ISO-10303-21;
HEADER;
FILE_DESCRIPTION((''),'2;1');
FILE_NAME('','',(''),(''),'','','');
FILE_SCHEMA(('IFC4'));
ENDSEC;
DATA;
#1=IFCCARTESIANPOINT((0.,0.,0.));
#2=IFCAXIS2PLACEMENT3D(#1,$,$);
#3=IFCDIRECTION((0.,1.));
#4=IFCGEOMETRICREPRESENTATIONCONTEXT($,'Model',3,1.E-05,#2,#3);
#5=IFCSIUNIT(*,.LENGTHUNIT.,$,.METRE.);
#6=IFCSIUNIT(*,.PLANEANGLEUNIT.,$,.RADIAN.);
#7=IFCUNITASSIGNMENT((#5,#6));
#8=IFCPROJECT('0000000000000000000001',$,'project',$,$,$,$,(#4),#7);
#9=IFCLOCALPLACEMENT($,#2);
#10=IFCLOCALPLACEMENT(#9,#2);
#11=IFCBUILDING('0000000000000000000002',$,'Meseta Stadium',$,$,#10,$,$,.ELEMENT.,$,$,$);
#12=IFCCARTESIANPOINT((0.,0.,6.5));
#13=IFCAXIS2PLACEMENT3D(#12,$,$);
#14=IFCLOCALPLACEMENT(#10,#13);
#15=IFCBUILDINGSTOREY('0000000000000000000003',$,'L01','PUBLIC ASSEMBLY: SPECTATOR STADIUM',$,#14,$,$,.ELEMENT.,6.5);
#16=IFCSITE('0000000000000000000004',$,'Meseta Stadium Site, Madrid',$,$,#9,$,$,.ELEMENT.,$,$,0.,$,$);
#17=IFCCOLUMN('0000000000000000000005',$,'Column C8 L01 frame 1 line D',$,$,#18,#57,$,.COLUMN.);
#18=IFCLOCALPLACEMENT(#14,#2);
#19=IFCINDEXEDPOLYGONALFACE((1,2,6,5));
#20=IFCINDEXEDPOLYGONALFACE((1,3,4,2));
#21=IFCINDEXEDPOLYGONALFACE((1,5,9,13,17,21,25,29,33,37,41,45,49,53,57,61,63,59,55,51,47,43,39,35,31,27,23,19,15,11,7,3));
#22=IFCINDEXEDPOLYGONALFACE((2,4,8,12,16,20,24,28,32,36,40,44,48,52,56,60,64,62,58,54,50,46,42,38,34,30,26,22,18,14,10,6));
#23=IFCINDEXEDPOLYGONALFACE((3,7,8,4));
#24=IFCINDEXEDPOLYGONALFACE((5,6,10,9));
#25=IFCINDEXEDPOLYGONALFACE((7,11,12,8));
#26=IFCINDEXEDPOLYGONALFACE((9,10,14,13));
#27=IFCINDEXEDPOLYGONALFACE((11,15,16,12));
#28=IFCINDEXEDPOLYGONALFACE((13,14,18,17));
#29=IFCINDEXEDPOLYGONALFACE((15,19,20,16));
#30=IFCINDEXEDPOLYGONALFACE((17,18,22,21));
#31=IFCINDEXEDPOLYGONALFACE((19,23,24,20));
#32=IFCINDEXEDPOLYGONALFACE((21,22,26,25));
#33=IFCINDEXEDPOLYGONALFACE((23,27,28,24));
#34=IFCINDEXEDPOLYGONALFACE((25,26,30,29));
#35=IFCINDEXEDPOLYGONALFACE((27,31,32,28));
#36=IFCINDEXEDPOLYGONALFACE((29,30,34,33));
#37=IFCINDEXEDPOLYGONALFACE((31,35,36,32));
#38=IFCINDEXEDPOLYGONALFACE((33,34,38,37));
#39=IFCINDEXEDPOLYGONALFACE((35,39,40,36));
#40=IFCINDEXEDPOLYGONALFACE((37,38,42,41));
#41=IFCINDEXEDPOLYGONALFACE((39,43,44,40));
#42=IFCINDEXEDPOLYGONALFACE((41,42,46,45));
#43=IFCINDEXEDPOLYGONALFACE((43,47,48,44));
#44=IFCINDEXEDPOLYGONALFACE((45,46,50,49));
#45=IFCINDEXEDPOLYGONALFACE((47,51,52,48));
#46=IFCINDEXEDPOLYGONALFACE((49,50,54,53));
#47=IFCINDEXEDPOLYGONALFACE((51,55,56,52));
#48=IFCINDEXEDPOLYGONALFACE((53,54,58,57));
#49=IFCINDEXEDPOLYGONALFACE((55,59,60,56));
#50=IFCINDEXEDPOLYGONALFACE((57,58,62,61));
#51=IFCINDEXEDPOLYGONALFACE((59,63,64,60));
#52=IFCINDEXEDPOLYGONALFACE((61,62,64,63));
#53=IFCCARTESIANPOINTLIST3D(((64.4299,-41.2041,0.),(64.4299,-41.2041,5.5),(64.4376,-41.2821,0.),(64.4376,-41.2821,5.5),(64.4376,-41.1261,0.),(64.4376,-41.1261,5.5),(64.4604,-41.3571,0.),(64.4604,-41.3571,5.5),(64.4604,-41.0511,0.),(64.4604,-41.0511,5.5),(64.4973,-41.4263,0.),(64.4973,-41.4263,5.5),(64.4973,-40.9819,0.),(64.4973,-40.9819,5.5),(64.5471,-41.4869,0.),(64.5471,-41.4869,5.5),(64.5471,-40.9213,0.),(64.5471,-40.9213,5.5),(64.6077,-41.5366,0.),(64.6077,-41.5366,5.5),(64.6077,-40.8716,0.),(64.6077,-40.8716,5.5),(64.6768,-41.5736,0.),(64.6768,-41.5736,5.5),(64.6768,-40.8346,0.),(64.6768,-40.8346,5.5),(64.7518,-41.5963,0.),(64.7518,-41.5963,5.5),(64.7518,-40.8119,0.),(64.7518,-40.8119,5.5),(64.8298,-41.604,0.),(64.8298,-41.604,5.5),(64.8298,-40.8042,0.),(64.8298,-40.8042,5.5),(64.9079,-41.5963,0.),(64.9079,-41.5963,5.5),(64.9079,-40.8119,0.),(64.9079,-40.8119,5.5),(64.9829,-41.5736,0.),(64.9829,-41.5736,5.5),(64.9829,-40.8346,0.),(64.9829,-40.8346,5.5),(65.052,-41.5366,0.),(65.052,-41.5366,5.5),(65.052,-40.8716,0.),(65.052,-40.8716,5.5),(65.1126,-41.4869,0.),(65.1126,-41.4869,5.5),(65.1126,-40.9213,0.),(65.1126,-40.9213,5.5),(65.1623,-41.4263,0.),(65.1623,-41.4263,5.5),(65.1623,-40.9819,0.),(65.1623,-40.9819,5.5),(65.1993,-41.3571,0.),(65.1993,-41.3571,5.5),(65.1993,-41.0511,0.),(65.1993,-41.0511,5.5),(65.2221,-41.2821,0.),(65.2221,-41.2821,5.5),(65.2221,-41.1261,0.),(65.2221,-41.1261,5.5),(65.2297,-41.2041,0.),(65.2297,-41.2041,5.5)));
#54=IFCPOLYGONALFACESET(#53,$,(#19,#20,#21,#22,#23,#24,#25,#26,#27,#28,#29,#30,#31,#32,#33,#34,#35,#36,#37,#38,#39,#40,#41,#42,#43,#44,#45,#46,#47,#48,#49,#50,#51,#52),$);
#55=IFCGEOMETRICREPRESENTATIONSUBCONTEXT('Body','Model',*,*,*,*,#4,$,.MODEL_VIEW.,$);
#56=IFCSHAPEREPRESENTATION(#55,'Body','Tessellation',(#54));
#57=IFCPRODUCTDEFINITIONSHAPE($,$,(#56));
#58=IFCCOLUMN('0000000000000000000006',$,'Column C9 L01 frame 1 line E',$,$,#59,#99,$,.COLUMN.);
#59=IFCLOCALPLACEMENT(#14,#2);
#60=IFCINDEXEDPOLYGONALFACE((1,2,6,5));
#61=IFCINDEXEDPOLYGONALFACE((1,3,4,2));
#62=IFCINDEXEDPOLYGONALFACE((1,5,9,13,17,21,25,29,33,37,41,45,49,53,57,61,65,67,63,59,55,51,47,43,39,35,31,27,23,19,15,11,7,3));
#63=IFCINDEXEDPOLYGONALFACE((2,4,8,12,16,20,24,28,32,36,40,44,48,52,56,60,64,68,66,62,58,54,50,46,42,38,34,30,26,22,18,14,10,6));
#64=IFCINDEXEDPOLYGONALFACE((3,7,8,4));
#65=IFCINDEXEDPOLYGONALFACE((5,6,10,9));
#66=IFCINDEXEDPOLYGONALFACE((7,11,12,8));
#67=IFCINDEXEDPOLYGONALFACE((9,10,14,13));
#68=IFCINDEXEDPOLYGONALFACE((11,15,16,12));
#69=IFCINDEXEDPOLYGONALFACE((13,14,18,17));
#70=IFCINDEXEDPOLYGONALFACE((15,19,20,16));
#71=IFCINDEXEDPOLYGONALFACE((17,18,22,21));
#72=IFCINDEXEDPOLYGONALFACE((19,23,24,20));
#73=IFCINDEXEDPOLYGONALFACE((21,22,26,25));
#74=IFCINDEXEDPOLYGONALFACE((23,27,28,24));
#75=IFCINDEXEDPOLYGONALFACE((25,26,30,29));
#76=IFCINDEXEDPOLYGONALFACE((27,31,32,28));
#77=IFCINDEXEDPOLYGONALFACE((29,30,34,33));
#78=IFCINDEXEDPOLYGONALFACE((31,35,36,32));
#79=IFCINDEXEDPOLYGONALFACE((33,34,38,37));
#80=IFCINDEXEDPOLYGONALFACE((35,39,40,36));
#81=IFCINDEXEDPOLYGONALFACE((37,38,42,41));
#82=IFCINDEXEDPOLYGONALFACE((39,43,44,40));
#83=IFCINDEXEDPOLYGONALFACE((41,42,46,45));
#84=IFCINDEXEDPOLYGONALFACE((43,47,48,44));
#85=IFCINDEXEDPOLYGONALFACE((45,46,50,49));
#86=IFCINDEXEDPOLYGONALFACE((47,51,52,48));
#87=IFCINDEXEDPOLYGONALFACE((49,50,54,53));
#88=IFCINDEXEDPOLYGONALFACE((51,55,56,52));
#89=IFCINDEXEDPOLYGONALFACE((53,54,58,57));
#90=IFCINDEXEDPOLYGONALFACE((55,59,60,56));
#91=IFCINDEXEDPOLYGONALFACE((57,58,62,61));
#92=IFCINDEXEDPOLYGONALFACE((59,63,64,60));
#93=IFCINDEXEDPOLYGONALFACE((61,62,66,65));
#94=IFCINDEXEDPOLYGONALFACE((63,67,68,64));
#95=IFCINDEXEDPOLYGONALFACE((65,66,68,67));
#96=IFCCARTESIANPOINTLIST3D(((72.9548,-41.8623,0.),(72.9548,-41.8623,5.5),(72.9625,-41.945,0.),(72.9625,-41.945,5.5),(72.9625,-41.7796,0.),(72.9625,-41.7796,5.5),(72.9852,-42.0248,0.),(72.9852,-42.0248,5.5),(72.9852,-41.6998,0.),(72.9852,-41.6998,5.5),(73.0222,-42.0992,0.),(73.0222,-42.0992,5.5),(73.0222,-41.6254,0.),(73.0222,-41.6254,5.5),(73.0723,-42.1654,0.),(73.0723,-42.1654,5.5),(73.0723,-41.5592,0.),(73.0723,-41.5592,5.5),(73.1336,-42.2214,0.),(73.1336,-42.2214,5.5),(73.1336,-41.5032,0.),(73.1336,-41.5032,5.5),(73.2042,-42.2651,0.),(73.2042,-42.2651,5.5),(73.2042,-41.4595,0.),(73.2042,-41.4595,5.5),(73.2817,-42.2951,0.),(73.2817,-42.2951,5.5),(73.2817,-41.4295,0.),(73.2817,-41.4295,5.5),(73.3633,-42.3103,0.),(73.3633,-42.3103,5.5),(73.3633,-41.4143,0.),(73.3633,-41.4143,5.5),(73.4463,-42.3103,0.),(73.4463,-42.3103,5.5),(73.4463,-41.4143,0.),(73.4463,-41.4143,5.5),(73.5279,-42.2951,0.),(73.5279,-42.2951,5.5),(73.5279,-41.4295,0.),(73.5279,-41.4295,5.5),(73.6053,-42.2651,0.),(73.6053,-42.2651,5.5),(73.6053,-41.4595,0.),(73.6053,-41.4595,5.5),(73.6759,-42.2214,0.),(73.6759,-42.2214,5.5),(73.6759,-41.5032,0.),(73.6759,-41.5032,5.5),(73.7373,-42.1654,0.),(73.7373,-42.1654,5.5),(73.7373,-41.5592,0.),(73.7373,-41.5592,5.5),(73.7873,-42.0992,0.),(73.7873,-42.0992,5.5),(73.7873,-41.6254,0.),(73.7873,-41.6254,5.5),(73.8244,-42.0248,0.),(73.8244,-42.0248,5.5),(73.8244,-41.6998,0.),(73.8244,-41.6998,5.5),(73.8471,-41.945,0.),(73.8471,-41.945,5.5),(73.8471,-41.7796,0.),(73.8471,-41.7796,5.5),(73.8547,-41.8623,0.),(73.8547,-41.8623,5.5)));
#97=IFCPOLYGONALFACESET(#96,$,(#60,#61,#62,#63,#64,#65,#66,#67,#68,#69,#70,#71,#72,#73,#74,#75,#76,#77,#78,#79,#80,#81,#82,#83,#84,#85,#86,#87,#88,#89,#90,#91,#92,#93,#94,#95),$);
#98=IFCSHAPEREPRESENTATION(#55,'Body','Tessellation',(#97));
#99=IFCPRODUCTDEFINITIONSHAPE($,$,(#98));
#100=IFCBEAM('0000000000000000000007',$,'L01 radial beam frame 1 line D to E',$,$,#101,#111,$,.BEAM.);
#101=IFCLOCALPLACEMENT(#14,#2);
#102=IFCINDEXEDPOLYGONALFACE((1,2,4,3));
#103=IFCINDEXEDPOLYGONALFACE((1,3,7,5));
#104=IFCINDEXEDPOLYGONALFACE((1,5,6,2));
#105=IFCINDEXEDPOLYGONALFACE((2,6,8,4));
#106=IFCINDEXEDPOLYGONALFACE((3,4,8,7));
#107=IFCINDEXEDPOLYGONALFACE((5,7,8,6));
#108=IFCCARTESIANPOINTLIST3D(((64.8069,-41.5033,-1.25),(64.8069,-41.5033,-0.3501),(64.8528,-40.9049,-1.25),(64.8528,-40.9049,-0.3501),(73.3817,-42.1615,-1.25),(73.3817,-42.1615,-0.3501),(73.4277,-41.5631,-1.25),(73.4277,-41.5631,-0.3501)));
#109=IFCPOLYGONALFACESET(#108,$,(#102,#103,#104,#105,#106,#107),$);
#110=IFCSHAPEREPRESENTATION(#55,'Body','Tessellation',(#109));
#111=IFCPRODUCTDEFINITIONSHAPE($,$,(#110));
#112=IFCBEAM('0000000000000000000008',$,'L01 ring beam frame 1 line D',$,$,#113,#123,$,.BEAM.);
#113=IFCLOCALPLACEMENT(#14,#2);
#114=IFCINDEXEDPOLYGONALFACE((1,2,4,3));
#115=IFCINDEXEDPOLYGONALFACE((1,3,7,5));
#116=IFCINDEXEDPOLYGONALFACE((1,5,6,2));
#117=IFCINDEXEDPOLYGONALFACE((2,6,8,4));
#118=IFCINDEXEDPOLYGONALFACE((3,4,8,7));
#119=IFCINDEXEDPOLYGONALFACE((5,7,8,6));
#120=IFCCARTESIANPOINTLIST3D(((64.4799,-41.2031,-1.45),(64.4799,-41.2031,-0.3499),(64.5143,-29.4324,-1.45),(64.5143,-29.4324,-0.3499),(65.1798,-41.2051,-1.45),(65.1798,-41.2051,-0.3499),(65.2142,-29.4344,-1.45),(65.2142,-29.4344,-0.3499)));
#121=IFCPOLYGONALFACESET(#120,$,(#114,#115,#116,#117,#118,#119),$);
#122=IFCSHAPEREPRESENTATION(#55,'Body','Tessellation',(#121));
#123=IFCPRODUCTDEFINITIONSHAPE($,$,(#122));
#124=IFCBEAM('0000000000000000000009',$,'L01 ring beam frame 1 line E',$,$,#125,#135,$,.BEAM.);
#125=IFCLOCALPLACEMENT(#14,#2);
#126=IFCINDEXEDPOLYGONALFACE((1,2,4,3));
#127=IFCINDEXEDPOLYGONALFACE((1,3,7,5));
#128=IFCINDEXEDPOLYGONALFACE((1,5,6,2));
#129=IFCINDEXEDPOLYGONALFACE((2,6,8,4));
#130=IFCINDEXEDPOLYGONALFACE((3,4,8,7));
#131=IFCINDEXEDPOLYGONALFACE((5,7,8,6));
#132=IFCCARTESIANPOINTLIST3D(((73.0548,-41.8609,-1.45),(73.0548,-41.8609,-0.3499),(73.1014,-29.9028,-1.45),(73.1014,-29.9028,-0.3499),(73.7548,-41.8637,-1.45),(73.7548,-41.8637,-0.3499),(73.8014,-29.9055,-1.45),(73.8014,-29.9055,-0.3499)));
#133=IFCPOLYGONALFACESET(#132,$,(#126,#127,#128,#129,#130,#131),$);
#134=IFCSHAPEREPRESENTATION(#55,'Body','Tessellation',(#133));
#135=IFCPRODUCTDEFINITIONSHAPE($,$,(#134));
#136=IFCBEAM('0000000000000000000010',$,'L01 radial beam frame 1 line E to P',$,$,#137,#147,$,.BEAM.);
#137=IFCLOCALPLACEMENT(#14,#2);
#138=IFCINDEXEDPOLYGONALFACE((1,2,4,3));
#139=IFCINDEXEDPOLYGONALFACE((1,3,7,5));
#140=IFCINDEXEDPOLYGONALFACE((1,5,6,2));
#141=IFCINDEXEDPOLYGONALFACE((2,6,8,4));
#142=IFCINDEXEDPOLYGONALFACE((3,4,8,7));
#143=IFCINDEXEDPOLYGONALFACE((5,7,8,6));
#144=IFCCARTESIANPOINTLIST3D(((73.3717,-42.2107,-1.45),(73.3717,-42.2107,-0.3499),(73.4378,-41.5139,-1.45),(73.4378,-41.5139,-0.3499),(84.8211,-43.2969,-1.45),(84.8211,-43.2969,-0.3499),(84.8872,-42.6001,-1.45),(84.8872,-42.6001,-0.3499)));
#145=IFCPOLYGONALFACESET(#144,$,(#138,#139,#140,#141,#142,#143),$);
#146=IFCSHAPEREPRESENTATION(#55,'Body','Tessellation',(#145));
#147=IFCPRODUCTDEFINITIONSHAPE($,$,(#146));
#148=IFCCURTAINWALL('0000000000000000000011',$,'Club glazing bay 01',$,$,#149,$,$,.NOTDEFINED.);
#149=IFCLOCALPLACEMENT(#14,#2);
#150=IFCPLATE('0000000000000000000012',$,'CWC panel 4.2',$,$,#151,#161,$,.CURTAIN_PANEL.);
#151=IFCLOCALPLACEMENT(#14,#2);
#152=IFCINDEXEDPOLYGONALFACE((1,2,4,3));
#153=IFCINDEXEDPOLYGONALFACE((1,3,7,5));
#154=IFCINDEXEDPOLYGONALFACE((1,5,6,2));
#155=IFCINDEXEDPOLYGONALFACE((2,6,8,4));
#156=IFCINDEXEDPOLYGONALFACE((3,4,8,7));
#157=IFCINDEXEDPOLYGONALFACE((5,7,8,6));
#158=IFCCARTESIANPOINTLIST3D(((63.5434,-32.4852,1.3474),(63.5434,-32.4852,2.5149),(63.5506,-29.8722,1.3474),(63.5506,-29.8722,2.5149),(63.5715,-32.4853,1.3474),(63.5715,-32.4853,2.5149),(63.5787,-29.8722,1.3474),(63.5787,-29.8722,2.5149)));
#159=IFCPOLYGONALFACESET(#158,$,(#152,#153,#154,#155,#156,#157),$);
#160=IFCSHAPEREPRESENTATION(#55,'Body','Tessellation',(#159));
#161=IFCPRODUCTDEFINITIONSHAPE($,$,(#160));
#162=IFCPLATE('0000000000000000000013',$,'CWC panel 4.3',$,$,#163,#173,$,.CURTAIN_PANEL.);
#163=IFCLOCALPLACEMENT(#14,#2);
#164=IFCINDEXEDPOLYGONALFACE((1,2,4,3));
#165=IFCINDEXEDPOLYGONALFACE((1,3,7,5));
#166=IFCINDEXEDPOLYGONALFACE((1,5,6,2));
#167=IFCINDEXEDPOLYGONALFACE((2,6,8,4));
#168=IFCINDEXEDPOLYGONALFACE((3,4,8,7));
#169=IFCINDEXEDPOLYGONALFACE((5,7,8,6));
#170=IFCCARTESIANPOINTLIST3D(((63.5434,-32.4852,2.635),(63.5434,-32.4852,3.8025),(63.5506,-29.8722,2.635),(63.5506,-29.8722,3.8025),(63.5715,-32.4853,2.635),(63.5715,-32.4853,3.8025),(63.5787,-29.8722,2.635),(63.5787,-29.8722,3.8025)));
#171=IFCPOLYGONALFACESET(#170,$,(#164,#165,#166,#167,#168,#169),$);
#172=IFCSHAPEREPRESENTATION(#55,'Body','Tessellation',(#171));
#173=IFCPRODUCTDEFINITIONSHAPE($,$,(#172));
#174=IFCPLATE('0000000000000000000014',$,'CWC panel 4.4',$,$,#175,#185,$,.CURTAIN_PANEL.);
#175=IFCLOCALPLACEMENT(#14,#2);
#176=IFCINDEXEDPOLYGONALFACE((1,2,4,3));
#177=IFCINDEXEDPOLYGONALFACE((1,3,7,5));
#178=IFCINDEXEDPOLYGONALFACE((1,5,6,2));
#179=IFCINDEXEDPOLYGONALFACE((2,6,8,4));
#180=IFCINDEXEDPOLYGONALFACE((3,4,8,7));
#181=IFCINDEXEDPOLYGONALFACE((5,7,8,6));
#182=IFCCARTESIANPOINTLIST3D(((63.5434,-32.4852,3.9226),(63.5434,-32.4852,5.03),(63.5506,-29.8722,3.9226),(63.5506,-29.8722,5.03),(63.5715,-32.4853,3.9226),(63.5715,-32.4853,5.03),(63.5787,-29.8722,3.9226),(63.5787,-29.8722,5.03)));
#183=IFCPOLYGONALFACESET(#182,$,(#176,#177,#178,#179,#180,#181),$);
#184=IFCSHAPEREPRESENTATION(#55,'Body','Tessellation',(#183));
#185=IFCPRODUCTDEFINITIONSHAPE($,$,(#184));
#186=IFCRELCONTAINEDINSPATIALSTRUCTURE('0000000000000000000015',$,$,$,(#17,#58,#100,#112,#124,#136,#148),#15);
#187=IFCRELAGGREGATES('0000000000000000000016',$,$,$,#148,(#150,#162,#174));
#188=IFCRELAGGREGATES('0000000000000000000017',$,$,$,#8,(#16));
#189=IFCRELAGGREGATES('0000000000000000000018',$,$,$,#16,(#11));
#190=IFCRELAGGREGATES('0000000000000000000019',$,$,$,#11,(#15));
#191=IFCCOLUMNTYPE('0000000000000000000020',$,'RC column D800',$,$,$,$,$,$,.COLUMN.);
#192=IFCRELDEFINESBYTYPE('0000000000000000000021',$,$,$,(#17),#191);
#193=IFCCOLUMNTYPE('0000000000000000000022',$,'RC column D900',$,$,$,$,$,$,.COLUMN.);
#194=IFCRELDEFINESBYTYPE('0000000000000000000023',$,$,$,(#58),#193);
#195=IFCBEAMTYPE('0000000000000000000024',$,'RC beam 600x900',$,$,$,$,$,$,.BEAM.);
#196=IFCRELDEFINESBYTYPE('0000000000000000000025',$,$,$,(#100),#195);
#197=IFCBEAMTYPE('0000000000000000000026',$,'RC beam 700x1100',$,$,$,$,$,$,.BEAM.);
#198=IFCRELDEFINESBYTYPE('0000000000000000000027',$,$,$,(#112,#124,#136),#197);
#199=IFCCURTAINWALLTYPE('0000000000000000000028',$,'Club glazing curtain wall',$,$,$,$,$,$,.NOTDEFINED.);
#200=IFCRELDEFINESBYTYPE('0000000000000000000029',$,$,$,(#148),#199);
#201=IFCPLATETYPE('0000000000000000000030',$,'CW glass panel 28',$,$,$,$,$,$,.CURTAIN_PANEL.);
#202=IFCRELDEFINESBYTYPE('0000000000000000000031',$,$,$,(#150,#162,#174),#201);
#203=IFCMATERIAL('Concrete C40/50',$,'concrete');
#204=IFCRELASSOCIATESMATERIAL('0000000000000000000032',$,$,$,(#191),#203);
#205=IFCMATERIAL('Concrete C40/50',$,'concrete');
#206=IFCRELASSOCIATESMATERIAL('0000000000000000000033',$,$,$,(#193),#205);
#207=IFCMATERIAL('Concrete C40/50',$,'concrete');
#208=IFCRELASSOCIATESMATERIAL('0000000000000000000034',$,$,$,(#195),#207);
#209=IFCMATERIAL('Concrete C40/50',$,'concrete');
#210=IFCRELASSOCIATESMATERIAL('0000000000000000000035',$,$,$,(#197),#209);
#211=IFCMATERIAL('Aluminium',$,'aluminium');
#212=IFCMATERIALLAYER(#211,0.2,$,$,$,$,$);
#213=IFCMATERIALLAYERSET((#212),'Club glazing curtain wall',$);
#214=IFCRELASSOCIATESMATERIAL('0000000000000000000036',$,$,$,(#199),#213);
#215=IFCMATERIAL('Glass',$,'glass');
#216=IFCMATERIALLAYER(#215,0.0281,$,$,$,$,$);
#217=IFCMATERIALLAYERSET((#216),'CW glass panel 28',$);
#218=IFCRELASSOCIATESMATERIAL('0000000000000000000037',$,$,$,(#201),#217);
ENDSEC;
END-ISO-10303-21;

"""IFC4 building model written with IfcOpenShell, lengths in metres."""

from ifc_helpers import new_model, si_unit, direction, frame, origin, origin_2d, place, context, subcontext, project, spatial, rectangle, circle, extrude, material, layer, layer_set, material_profile, profile_set, type_object, element, aggregate, save


model = new_model("IFC4")

# Units and contexts
model_context = context("Model", 3, precision=1e-05, world=origin(), true_north=direction((0.0, 1.0)))
body_context = subcontext(model_context, "Body", "Model", "MODEL_VIEW")
ifc_project = project(units=[si_unit("LENGTHUNIT", "METRE"), si_unit("PLANEANGLEUNIT", "RADIAN")], contexts=[model_context])

# Site, building, storey
site_placement = place(None, origin())
site = spatial("IfcSite", under=ifc_project, at=site_placement, Name="Meseta Stadium Site, Madrid", CompositionType="ELEMENT", RefElevation=0.0)
building_placement = place(site_placement, origin())
building = spatial("IfcBuilding", under=site, at=building_placement, Name="Meseta Stadium", CompositionType="ELEMENT")
storey_placement = place(building_placement, frame((0.0, 0.0, 6.5)))
storey = spatial("IfcBuildingStorey", under=building, at=storey_placement, Name="L01", Description="PUBLIC ASSEMBLY: SPECTATOR STADIUM", CompositionType="ELEMENT", Elevation=6.5)

# Columns
ifc_material_1 = material(Name="Concrete C40/50", Category="concrete")
ifc_material_profile_1 = material_profile(ifc_material_1, circle(Radius=0.3999, at=origin_2d()), Name="RC D800")
ifc_profile_set_1 = profile_set([ifc_material_profile_1], Name="Concrete C40/50")
column_type_1 = type_object("IfcColumnType", Name="RC column D800", PredefinedType="COLUMN", material=ifc_profile_set_1)
column_1_placement = place(storey_placement, frame((64.8298, -41.2041, 0.0), z_axis=(0.0, 0.0, 1.0), x_axis=(1.0, 0.0, 0.0)))
element("IfcColumn", 1, at=column_1_placement, inside=storey, type_object=column_type_1, Name="Column C8 L01 frame 1 line D", PredefinedType="COLUMN", context=body_context, shape_type="SweptSolid", body=[
    extrude(circle(Radius=0.3999, at=origin_2d()), origin(), (0.0, 0.0, 1.0), 5.5),
])
ifc_material_2 = material(Name="Concrete C40/50", Category="concrete")
ifc_material_profile_2 = material_profile(ifc_material_2, circle(Radius=0.45, at=origin_2d()), Name="RC D900")
ifc_profile_set_2 = profile_set([ifc_material_profile_2], Name="Concrete C40/50")
column_type_2 = type_object("IfcColumnType", Name="RC column D900", PredefinedType="COLUMN", material=ifc_profile_set_2)
column_2_placement = place(storey_placement, frame((73.4048, -41.8623, 0.0), z_axis=(0.0, 0.0, 1.0), x_axis=(1.0, 0.0, 0.0)))
element("IfcColumn", 2, at=column_2_placement, inside=storey, type_object=column_type_2, Name="Column C9 L01 frame 1 line E", PredefinedType="COLUMN", context=body_context, shape_type="SweptSolid", body=[
    extrude(circle(Radius=0.45, at=origin_2d()), origin(), (0.0, 0.0, 1.0), 5.5),
])

# Beams
ifc_material_3 = material(Name="Concrete C40/50", Category="concrete")
ifc_material_profile_3 = material_profile(ifc_material_3, rectangle(XDim=0.6001, YDim=0.8999, at=origin_2d()), Name="RC 600x900")
ifc_profile_set_3 = profile_set([ifc_material_profile_3], Name="Concrete C40/50")
beam_type_1 = type_object("IfcBeamType", Name="RC beam 600x900", PredefinedType="BEAM", material=ifc_profile_set_3)
beam_1_placement = place(storey_placement, frame((64.8298, -41.2041, -0.8), z_axis=(0.997067, -0.076534, 0.0), x_axis=(0.076534, 0.997067, 0.0)))
element("IfcBeam", 3, at=beam_1_placement, inside=storey, type_object=beam_type_1, Name="L01 radial beam frame 1 line D to E", PredefinedType="BEAM", context=body_context, shape_type="SweptSolid", body=[
    extrude(rectangle(XDim=0.6001, YDim=0.8999, at=origin_2d()), origin(), (0.0, 0.0, 1.0), 8.6001),
])
ifc_material_4 = material(Name="Concrete C40/50", Category="concrete")
ifc_material_profile_4 = material_profile(ifc_material_4, rectangle(XDim=0.7, YDim=1.1001, at=origin_2d()), Name="RC 700x1100")
ifc_profile_set_4 = profile_set([ifc_material_profile_4], Name="Concrete C40/50")
beam_type_2 = type_object("IfcBeamType", Name="RC beam 700x1100", PredefinedType="BEAM", material=ifc_profile_set_4)
beam_2_placement = place(storey_placement, frame((64.8298, -41.2041, -0.8999), z_axis=(0.002925, 0.999996, 0.0), x_axis=(-0.999996, 0.002925, 0.0)))
element("IfcBeam", 4, at=beam_2_placement, inside=storey, type_object=beam_type_2, Name="L01 ring beam frame 1 line D", PredefinedType="BEAM", context=body_context, shape_type="SweptSolid", body=[
    extrude(rectangle(XDim=0.7, YDim=1.1001, at=origin_2d()), origin(), (0.0, 0.0, 1.0), 11.7708),
])
beam_3_placement = place(storey_placement, frame((73.4048, -41.8623, -0.8999), z_axis=(0.003899, 0.999992, 0.0), x_axis=(-0.999992, 0.003899, 0.0)))
element("IfcBeam", 5, at=beam_3_placement, inside=storey, type_object=beam_type_2, Name="L01 ring beam frame 1 line E", PredefinedType="BEAM", context=body_context, shape_type="SweptSolid", body=[
    extrude(rectangle(XDim=0.7, YDim=1.1001, at=origin_2d()), origin(), (0.0, 0.0, 1.0), 11.9583),
])
beam_4_placement = place(storey_placement, frame((73.4048, -41.8623, -0.8999), z_axis=(0.99553, -0.094445, 0.0), x_axis=(0.094445, 0.99553, 0.0)))
element("IfcBeam", 6, at=beam_4_placement, inside=storey, type_object=beam_type_2, Name="L01 radial beam frame 1 line E to P", PredefinedType="BEAM", context=body_context, shape_type="SweptSolid", body=[
    extrude(rectangle(XDim=0.7, YDim=1.1001, at=origin_2d()), origin(), (0.0, 0.0, 1.0), 11.5007),
])

# Curtain wall, plates
ifc_material_5 = material(Name="Aluminium", Category="aluminium")
ifc_layer_1 = layer(ifc_material_5, 0.2)
ifc_layer_set_1 = layer_set([ifc_layer_1], Name="Club glazing curtain wall")
curtain_wall_type = type_object("IfcCurtainWallType", Name="Club glazing curtain wall", PredefinedType="NOTDEFINED", material=ifc_layer_set_1)
curtain_wall_placement = place(storey_placement, origin())
curtain_wall = element("IfcCurtainWall", 7, at=curtain_wall_placement, inside=storey, type_object=curtain_wall_type, Name="Club glazing bay 01", PredefinedType="NOTDEFINED")
ifc_material_6 = material(Name="Glass", Category="glass")
ifc_layer_2 = layer(ifc_material_6, 0.0281)
ifc_layer_set_2 = layer_set([ifc_layer_2], Name="CW glass panel 28")
plate_type = type_object("IfcPlateType", Name="CW glass panel 28", PredefinedType="CURTAIN_PANEL", material=ifc_layer_set_2)
plate_1_placement = place(storey_placement, frame((63.561, -31.1787, 1.3474), z_axis=(0.0, 0.0, 1.0), x_axis=(0.002758, 0.999996, 0.0)))
plate_1 = element("IfcPlate", 8, at=plate_1_placement, type_object=plate_type, Name="CWC panel 4.2", PredefinedType="CURTAIN_PANEL", context=body_context, shape_type="SweptSolid", body=[
    extrude(rectangle(XDim=2.613, YDim=0.0281, at=origin_2d()), origin(), (0.0, 0.0, 1.0), 1.1675),
])
plate_2_placement = place(storey_placement, frame((63.561, -31.1787, 2.635), z_axis=(0.0, 0.0, 1.0), x_axis=(0.002758, 0.999996, 0.0)))
plate_2 = element("IfcPlate", 9, at=plate_2_placement, type_object=plate_type, Name="CWC panel 4.3", PredefinedType="CURTAIN_PANEL", context=body_context, shape_type="SweptSolid", body=[
    extrude(rectangle(XDim=2.613, YDim=0.0281, at=origin_2d()), origin(), (0.0, 0.0, 1.0), 1.1675),
])
plate_3_placement = place(storey_placement, frame((63.561, -31.1787, 3.9226), z_axis=(0.0, 0.0, 1.0), x_axis=(0.002758, 0.999996, 0.0)))
plate_3 = element("IfcPlate", 10, at=plate_3_placement, type_object=plate_type, Name="CWC panel 4.4", PredefinedType="CURTAIN_PANEL", context=body_context, shape_type="SweptSolid", body=[
    extrude(rectangle(XDim=2.613, YDim=0.0281, at=origin_2d()), origin(), (0.0, 0.0, 1.0), 1.1074),
])
aggregate(curtain_wall, [plate_1, plate_2, plate_3])

save(model, "model.ifc")
